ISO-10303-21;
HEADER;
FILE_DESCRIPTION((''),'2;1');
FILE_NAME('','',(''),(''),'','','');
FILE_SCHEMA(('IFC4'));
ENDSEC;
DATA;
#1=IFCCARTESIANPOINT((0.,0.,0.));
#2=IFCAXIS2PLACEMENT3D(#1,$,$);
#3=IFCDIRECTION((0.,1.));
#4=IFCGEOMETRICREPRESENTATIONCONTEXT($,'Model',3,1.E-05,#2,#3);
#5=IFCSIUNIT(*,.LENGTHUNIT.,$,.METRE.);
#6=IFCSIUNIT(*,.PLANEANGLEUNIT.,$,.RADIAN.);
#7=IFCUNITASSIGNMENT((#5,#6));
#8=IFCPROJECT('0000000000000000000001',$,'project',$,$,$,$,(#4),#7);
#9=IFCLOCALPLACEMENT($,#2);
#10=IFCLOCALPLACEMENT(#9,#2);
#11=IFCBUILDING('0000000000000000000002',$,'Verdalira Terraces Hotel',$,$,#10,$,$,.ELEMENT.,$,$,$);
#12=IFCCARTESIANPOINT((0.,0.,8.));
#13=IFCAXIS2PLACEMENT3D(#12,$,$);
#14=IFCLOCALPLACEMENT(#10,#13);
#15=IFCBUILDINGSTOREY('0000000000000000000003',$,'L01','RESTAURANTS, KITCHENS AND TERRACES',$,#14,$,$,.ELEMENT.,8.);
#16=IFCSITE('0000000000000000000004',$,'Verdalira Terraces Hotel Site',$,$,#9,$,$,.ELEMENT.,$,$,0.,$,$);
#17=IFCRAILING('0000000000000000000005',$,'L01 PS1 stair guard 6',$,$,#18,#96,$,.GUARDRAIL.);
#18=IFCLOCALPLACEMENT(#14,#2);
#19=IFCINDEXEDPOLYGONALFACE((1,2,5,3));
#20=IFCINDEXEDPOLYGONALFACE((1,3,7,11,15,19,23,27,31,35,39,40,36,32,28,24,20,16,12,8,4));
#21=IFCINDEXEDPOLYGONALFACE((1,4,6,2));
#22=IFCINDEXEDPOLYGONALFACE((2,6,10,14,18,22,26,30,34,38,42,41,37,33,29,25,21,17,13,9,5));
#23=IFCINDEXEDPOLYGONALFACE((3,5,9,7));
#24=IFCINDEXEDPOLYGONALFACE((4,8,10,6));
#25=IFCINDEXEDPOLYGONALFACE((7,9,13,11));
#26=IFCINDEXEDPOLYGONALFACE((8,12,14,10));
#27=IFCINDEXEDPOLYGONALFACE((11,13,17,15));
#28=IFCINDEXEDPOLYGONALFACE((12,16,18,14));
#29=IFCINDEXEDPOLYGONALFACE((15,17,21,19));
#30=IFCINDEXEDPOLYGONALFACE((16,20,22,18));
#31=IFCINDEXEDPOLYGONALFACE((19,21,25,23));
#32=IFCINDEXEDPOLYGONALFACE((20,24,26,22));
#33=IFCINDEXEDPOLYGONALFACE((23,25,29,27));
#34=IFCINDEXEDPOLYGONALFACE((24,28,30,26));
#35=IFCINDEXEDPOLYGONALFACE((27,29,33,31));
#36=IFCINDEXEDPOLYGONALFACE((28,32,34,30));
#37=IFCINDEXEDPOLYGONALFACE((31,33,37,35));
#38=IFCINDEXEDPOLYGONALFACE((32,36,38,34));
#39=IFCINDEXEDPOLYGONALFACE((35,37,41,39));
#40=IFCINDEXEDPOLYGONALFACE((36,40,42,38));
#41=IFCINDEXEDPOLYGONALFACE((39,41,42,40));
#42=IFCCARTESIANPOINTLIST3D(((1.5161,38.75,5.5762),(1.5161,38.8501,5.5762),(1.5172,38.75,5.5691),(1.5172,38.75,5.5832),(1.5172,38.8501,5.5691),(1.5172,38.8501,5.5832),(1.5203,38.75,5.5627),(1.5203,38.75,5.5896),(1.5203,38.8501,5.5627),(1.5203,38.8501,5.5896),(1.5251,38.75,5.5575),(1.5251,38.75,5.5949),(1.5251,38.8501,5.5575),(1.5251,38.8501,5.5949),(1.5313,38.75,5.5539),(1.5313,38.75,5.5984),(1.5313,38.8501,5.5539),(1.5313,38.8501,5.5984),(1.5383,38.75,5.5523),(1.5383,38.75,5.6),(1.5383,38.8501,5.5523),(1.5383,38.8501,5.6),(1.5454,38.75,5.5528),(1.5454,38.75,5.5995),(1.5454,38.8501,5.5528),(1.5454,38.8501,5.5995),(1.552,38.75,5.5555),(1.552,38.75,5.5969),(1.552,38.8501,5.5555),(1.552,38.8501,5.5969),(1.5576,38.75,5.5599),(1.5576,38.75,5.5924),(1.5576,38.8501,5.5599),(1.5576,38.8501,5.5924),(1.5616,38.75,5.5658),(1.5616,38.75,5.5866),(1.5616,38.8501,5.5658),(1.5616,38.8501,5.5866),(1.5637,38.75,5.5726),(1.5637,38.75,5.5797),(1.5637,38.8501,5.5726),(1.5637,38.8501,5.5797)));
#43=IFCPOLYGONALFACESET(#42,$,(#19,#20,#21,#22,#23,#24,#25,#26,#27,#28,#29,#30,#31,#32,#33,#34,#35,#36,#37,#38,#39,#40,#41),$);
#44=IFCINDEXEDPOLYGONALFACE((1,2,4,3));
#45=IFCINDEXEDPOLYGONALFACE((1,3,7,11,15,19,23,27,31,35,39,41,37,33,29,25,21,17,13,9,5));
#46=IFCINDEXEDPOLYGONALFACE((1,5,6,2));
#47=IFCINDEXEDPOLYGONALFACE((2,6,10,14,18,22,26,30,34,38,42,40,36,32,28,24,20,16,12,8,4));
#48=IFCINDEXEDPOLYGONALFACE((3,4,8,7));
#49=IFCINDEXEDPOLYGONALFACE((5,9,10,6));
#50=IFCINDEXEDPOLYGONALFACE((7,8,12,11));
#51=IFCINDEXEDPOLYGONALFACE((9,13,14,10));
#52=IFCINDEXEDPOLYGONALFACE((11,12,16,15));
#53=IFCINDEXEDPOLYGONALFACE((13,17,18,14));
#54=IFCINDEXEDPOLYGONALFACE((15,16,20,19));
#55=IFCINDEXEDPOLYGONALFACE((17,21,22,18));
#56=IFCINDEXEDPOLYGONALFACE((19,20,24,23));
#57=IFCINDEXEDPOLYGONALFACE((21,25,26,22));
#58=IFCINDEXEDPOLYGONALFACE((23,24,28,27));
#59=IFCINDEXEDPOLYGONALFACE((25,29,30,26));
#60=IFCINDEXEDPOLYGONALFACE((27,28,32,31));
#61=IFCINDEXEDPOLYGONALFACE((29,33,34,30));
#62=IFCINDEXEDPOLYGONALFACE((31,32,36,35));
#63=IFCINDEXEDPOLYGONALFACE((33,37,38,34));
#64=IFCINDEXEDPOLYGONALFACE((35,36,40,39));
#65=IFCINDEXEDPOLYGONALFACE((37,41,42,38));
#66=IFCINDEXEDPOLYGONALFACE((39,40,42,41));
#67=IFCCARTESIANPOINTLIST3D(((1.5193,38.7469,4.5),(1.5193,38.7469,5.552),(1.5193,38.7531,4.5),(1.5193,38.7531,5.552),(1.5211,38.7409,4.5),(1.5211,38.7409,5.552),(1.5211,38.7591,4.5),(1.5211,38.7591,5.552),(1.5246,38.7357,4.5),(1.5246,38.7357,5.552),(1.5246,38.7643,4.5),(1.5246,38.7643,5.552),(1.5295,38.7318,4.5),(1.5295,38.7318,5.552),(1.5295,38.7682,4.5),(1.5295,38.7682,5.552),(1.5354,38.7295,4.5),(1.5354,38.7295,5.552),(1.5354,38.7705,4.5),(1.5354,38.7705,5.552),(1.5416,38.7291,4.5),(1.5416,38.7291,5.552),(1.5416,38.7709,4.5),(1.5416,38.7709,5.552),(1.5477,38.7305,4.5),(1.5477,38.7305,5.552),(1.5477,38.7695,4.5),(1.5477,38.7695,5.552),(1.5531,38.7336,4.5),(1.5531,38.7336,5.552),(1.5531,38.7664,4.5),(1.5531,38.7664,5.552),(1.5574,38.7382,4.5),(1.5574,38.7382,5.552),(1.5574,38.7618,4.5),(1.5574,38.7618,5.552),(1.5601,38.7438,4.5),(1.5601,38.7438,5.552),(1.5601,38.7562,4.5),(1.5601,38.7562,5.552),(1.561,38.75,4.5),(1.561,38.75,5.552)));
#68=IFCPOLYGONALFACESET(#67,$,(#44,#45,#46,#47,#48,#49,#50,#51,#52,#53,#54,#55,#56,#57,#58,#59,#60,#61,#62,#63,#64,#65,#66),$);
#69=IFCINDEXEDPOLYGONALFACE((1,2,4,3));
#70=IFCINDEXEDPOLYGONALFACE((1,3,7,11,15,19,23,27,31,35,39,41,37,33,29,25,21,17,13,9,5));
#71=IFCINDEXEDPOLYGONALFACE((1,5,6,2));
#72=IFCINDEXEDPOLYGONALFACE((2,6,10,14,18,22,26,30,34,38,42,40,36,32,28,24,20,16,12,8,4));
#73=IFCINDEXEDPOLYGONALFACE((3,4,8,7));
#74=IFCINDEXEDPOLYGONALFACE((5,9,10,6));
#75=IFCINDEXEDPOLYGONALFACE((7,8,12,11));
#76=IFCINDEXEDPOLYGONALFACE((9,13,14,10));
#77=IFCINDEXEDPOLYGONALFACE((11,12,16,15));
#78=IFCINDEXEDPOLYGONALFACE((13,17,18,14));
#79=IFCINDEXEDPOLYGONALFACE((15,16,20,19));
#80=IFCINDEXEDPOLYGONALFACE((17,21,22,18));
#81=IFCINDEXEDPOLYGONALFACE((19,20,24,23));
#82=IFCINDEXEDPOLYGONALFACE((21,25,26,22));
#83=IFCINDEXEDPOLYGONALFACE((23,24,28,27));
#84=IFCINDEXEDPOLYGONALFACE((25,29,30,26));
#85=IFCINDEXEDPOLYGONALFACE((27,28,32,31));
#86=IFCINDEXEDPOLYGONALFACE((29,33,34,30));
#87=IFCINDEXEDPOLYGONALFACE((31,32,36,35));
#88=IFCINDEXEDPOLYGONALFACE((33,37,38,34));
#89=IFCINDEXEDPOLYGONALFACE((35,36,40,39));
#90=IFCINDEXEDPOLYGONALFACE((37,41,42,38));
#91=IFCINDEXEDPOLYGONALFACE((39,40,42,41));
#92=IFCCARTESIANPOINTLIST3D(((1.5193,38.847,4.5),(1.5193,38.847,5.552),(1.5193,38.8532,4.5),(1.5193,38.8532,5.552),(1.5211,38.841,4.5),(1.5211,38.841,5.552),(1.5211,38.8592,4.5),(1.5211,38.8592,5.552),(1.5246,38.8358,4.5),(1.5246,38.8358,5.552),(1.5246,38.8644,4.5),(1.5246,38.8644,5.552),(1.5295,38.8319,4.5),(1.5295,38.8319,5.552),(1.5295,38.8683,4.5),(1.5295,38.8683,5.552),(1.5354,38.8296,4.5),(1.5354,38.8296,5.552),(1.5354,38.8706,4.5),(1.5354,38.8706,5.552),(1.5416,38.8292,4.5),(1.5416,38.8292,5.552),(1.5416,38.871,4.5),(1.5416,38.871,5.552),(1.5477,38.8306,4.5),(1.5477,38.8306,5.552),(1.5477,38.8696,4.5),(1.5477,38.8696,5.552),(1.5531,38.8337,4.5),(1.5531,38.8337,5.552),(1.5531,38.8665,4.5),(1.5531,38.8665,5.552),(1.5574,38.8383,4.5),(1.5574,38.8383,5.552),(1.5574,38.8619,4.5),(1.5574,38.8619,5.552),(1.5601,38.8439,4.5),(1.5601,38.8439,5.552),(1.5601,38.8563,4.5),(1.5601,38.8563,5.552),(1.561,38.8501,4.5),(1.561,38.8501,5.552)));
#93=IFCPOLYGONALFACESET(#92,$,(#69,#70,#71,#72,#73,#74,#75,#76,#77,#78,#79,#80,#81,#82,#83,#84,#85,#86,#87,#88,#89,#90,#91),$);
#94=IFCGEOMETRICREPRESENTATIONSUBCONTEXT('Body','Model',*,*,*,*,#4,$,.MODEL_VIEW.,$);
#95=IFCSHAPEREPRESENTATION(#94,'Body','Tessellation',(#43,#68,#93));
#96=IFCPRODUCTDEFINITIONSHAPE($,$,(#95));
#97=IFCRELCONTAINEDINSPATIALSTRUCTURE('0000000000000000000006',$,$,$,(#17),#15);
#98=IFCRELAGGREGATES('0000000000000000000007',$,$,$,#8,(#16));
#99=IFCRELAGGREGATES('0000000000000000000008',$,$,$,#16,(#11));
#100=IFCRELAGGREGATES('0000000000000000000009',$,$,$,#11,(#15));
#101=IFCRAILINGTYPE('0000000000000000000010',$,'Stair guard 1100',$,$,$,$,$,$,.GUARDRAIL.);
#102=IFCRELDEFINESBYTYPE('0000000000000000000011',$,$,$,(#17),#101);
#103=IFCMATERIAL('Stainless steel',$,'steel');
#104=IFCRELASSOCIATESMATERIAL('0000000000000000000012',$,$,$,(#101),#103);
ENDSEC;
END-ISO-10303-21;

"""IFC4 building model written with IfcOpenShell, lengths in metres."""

from ifc_helpers import new_model, si_unit, direction, frame, origin, origin_2d, place, context, subcontext, project, spatial, circle, extrude, material, type_object, element, save


model = new_model("IFC4")

# Units and contexts
model_context = context("Model", 3, precision=1e-05, world=origin(), true_north=direction((0.0, 1.0)))
body_context = subcontext(model_context, "Body", "Model", "MODEL_VIEW")
ifc_project = project(units=[si_unit("LENGTHUNIT", "METRE"), si_unit("PLANEANGLEUNIT", "RADIAN")], contexts=[model_context])

# Site, building, storey
site_placement = place(None, origin())
site = spatial("IfcSite", under=ifc_project, at=site_placement, Name="Verdalira Terraces Hotel Site", CompositionType="ELEMENT", RefElevation=0.0)
building_placement = place(site_placement, origin())
building = spatial("IfcBuilding", under=site, at=building_placement, Name="Verdalira Terraces Hotel", CompositionType="ELEMENT")
storey_placement = place(building_placement, frame((0.0, 0.0, 8.0)))
storey = spatial("IfcBuildingStorey", under=building, at=storey_placement, Name="L01", Description="RESTAURANTS, KITCHENS AND TERRACES", CompositionType="ELEMENT", Elevation=8.0)

# Railing
ifc_material_1 = material(Name="Stainless steel", Category="steel")
railing_type_1 = type_object("IfcRailingType", Name="Stair guard 1100", PredefinedType="GUARDRAIL", material=ifc_material_1)
railing_1_placement = place(storey_placement, frame((1.54, 38.75, 4.5)))
element("IfcRailing", 1, at=railing_1_placement, inside=storey, type_object=railing_type_1, Name="L01 PS1 stair guard 6", PredefinedType="GUARDRAIL", context=body_context, shape_type="SweptSolid", body=[
    extrude(circle(Radius=0.0239, at=origin_2d()), frame((0.0, 0.0, 1.0762), z_axis=(0.0, 1.0, 0.0), x_axis=(-1.0, 0.0, 0.0)), (0.0, 0.0, 1.0), 0.1001),
    extrude(circle(Radius=0.021, at=origin_2d()), origin(), (0.0, 0.0, 1.0), 1.052),
    extrude(circle(Radius=0.021, at=origin_2d()), frame((0.0, 0.1001, 0.0)), (0.0, 0.0, 1.0), 1.052),
])

save(model, "model.ifc")
